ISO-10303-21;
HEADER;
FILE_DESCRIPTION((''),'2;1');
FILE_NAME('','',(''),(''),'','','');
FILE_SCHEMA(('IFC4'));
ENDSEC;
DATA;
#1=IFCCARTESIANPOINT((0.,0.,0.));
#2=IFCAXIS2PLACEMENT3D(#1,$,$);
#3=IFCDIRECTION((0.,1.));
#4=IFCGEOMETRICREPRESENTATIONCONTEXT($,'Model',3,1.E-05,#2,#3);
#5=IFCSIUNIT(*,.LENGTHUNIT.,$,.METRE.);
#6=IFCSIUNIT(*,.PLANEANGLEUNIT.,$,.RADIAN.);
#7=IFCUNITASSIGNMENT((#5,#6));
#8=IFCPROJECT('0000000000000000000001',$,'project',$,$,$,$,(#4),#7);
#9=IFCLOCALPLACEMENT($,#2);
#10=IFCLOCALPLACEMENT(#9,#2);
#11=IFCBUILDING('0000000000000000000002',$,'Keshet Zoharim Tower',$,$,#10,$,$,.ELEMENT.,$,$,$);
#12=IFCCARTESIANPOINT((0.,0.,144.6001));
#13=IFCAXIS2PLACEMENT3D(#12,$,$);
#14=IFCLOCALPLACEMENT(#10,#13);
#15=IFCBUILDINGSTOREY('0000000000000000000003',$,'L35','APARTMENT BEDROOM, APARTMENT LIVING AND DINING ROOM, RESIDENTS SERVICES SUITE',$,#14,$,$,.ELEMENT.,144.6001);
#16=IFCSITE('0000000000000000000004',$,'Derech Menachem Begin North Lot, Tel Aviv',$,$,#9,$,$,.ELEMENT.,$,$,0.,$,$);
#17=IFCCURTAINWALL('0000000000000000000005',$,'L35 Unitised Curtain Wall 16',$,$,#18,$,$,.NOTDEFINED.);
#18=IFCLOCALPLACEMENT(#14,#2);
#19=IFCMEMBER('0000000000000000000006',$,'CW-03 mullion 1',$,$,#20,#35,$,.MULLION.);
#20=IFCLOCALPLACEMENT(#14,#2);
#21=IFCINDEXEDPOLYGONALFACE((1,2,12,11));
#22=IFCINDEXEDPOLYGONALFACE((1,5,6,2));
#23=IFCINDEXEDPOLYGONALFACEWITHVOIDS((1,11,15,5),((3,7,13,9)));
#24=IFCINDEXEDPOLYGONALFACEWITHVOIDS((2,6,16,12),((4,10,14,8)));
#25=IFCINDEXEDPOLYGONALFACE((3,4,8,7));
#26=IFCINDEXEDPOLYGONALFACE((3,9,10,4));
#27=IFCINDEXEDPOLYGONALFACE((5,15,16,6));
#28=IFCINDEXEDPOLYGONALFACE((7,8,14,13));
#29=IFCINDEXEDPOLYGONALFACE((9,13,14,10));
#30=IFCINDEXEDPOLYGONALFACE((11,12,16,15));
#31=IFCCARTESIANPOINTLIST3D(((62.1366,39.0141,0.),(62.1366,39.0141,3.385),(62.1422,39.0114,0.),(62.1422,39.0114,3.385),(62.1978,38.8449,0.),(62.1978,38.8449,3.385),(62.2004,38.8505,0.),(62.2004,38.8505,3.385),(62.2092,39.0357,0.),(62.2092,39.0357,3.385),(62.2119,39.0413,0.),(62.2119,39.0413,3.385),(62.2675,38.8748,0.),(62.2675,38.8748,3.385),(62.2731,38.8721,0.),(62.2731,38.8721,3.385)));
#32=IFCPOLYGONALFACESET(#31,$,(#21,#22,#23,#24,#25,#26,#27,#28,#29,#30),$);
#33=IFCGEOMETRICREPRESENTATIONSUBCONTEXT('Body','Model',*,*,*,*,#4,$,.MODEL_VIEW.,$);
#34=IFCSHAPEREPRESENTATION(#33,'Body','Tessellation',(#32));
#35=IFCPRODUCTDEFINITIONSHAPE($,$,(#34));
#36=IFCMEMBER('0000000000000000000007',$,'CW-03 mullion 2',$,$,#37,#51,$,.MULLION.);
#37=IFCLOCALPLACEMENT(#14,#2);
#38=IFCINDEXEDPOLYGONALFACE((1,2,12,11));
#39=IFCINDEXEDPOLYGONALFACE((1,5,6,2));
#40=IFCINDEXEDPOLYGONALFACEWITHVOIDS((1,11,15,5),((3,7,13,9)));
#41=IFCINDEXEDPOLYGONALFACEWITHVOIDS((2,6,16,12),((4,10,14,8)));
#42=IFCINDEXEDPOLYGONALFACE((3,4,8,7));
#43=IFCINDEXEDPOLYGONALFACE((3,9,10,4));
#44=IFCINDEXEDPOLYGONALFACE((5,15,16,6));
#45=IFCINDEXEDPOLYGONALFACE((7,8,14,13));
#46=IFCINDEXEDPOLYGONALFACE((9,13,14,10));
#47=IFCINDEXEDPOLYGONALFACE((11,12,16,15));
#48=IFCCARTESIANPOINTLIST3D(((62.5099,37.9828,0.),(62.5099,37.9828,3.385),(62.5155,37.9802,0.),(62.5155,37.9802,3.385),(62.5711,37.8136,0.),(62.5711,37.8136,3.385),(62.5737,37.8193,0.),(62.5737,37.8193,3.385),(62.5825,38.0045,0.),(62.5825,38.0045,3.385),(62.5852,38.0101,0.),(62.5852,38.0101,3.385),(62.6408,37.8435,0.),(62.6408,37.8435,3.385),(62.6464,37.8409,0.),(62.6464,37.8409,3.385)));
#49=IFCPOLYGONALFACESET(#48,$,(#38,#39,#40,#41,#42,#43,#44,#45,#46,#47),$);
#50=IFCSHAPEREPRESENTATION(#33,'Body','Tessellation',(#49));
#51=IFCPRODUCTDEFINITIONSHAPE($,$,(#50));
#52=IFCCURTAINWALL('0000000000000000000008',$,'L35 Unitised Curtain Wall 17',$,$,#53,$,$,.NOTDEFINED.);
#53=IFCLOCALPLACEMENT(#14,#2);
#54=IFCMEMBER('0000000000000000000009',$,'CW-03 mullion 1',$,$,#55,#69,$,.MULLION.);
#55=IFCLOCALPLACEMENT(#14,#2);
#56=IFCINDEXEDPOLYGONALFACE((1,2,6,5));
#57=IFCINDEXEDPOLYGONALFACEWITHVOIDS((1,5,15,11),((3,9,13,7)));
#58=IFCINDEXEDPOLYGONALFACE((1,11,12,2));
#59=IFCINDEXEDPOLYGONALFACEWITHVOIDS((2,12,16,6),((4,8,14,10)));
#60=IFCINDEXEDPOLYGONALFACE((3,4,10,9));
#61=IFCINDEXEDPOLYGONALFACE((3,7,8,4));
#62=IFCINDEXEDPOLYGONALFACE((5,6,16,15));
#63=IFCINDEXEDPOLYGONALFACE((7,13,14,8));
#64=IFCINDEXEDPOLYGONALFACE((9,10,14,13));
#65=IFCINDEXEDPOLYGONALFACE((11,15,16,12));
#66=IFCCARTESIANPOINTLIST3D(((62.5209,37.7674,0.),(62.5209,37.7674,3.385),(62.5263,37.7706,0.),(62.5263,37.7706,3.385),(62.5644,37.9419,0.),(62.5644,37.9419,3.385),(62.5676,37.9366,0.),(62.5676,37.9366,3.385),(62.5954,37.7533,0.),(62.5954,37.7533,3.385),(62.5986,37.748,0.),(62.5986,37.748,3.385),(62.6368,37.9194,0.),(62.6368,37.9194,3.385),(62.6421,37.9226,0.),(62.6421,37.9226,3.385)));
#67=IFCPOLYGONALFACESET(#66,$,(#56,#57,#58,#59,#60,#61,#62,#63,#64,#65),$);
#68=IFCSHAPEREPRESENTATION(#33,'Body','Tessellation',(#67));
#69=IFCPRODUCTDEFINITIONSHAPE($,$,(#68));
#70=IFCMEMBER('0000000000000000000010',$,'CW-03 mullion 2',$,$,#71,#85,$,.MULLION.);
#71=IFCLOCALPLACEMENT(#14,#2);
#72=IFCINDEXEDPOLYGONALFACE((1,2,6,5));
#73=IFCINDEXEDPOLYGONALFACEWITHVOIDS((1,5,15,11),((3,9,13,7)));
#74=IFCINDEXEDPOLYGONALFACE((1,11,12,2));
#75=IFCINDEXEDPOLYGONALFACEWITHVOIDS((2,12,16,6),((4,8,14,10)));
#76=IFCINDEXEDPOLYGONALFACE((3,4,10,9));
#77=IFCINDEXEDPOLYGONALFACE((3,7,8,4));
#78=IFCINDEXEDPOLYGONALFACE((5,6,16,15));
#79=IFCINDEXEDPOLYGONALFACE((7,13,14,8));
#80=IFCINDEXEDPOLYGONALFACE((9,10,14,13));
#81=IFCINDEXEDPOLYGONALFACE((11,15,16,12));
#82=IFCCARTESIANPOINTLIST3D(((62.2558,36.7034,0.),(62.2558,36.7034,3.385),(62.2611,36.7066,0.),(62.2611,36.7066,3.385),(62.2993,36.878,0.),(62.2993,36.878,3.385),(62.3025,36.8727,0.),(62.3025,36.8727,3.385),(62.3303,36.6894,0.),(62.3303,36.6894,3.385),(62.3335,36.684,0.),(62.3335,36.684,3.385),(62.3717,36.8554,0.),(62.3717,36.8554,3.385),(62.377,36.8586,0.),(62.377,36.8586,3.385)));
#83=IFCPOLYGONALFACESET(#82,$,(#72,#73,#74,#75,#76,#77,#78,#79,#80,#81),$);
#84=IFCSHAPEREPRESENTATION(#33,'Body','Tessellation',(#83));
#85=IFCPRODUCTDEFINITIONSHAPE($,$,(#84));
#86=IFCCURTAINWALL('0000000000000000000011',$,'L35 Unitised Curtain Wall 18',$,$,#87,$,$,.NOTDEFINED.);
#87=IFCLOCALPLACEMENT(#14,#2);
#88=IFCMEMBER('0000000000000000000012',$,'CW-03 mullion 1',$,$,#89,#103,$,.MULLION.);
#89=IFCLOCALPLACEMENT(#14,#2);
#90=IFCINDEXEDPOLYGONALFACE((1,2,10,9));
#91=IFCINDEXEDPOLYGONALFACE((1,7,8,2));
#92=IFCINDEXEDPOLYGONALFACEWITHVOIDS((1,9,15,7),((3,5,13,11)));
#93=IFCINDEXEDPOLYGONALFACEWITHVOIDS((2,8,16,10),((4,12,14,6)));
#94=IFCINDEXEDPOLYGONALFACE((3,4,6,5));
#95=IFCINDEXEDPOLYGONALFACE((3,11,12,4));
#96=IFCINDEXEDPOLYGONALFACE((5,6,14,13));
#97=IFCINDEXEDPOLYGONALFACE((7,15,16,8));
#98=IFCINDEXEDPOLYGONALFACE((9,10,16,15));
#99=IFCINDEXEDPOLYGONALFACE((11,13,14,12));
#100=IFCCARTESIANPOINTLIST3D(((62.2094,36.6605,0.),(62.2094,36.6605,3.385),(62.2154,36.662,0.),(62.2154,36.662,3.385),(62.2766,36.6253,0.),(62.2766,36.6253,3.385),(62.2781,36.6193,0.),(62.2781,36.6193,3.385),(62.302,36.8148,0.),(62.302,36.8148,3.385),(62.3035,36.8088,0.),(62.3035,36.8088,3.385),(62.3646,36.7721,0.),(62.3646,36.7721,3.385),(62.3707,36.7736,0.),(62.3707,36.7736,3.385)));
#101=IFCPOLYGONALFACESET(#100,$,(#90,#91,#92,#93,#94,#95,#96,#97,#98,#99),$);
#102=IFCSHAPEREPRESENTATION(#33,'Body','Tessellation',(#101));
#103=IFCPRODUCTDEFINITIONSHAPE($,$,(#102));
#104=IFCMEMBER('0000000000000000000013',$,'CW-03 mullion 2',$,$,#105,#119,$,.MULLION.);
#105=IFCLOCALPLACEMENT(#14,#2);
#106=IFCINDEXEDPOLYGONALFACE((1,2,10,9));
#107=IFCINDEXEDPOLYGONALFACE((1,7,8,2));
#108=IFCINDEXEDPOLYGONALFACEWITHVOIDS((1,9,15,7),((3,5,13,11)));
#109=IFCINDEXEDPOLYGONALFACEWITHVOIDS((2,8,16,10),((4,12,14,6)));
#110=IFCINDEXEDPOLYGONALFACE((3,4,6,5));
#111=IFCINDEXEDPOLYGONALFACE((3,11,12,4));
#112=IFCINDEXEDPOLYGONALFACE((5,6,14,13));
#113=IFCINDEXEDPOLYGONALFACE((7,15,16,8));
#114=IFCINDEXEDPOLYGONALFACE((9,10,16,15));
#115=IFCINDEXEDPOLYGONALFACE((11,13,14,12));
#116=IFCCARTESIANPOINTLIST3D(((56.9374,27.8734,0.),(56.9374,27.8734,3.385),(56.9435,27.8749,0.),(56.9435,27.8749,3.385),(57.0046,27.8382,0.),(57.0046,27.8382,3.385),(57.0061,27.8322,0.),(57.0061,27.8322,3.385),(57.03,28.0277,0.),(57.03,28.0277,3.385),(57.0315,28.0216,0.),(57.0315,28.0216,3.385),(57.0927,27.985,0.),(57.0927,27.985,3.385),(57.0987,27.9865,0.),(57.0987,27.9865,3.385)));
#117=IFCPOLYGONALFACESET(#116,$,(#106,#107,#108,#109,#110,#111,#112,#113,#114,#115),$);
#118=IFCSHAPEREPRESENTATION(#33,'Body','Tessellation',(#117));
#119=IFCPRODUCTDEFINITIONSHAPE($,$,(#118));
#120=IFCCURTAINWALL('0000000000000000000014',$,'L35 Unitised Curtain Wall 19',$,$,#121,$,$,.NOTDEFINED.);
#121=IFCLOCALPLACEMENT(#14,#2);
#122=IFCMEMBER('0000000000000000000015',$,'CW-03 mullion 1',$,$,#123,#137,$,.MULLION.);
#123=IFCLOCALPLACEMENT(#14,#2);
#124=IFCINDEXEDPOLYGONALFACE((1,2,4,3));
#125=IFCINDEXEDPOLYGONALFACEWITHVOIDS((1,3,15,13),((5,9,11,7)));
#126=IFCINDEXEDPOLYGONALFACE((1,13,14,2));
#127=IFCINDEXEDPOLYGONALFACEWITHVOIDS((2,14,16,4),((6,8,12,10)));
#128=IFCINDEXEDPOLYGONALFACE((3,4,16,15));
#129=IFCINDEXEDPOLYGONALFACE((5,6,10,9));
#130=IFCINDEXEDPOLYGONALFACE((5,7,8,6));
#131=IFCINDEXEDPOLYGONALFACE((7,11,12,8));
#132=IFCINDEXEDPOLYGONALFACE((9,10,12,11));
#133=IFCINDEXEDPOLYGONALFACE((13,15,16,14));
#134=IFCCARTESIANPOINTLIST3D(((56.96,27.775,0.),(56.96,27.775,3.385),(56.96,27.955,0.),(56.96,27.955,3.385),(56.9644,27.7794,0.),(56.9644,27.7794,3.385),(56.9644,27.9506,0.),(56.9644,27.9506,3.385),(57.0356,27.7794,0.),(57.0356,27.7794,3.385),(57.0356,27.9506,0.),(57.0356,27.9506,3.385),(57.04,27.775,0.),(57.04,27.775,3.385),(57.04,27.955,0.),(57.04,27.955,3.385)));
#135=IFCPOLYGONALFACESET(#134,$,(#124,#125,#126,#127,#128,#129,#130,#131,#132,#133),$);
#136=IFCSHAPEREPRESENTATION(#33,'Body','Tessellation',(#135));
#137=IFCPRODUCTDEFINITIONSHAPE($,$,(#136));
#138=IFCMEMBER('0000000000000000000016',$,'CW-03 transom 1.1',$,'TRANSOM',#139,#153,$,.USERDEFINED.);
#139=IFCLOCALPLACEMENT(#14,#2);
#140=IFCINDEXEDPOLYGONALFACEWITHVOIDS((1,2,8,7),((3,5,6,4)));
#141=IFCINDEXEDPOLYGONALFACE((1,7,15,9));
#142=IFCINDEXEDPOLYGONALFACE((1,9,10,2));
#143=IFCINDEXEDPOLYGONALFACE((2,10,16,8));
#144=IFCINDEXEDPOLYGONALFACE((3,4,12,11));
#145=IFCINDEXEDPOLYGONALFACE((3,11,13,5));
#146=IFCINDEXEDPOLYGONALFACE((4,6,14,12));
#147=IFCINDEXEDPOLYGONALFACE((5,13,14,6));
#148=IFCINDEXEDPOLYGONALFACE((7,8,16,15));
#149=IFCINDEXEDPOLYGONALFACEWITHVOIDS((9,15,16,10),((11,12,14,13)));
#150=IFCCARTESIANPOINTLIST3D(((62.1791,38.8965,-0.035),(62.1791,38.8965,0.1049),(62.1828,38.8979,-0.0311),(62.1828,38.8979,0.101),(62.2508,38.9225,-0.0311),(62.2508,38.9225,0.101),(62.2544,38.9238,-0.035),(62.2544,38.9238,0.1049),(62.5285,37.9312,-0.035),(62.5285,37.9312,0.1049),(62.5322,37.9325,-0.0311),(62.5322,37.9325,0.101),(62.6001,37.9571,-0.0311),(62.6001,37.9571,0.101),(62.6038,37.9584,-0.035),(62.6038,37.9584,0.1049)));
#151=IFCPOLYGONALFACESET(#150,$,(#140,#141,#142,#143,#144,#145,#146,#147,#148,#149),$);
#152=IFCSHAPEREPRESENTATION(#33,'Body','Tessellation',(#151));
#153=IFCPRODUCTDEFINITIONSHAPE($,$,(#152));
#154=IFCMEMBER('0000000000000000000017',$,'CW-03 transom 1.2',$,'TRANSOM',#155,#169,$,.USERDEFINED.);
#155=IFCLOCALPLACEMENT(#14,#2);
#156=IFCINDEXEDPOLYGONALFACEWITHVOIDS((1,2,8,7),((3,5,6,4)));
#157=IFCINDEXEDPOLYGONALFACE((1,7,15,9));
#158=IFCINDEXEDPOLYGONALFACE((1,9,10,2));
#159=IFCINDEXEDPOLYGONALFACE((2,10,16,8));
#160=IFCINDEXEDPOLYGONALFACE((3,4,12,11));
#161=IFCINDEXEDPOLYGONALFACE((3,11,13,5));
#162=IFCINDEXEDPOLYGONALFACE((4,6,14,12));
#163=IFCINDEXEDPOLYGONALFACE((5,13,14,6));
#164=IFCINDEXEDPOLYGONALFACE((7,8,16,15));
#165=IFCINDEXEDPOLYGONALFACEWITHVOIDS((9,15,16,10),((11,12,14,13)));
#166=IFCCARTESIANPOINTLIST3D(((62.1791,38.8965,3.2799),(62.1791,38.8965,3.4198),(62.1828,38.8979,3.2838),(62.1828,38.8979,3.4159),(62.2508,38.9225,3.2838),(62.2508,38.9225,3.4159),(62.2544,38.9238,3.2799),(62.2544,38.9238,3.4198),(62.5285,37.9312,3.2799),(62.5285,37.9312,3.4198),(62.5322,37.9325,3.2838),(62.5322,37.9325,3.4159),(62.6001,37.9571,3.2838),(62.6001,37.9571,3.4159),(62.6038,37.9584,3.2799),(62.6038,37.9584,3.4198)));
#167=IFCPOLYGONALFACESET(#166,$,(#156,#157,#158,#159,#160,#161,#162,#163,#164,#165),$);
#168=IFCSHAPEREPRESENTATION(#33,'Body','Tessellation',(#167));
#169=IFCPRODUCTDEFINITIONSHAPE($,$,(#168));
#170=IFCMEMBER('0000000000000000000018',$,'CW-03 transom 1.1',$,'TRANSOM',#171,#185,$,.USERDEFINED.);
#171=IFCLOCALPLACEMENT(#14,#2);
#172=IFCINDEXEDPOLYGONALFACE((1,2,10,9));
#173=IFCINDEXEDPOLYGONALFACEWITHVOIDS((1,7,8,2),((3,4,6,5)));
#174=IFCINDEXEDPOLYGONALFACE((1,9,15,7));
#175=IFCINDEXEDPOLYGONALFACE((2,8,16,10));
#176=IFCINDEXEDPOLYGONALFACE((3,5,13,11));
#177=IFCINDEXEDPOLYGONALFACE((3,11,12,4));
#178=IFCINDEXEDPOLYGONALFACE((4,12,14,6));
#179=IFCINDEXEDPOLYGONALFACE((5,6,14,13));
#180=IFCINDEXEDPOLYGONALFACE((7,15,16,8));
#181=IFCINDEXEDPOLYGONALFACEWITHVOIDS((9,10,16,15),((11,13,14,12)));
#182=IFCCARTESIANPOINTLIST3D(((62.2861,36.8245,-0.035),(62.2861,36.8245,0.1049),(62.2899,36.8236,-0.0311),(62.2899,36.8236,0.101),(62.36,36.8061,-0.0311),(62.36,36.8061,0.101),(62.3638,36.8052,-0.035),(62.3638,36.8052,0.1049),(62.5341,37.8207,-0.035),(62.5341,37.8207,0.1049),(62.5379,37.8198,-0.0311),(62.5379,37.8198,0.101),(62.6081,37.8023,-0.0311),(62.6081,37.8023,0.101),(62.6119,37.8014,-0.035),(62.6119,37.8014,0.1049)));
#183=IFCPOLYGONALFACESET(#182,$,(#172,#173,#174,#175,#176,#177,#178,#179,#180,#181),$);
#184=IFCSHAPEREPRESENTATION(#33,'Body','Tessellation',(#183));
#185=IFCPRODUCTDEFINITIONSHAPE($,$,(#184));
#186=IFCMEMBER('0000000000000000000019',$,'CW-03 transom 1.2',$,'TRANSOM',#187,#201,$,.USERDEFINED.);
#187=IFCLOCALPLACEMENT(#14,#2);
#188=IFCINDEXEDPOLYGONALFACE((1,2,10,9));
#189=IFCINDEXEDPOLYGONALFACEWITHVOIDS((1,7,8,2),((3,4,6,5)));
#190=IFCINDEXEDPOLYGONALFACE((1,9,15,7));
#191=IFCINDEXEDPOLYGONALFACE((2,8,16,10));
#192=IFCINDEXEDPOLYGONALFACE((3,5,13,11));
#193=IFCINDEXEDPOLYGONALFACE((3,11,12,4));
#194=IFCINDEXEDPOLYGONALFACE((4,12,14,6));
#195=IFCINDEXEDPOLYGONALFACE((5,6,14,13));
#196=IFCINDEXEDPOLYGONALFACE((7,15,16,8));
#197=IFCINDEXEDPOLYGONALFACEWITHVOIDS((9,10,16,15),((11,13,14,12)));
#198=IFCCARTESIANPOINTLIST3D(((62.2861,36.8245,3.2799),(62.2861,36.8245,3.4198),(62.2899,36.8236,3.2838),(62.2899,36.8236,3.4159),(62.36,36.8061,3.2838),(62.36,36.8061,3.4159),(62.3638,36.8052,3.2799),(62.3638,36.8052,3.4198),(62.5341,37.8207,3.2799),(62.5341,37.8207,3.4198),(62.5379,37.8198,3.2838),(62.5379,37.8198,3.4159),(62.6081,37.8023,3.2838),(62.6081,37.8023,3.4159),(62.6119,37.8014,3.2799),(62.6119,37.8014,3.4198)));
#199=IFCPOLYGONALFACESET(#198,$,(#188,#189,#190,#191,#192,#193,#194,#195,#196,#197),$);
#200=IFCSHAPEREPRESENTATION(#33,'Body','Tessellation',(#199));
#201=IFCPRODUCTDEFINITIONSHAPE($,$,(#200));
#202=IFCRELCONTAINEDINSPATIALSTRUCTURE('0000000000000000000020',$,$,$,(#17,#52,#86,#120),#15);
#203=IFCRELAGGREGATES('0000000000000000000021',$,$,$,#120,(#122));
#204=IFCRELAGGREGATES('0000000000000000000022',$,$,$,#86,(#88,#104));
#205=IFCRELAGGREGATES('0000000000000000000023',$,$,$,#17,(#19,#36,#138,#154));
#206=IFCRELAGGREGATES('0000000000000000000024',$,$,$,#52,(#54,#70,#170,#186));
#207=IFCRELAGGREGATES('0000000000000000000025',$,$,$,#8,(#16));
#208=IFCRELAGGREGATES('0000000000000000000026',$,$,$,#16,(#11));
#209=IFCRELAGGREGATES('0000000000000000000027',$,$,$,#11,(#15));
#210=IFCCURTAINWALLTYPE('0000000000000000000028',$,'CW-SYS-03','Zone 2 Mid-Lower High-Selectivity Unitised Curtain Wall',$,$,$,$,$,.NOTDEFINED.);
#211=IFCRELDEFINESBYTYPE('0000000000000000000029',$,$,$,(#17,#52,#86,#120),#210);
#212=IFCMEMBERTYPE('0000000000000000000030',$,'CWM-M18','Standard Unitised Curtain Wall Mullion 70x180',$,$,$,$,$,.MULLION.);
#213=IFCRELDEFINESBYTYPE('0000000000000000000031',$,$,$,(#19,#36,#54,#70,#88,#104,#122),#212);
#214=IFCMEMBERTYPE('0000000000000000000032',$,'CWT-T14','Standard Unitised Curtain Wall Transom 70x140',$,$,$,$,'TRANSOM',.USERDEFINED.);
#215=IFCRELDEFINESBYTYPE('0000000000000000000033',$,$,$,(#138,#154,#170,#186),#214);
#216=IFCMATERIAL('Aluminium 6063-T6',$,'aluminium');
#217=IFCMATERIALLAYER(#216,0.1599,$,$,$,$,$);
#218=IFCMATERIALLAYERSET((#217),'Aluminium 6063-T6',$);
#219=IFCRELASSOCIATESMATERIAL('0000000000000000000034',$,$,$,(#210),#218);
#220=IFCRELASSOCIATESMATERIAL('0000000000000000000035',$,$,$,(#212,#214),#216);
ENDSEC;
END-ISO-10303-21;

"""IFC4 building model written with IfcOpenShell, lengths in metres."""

from ifc_helpers import new_model, si_unit, direction, frame, origin, origin_2d, place, context, subcontext, project, spatial, hollow_rectangle, extrude, material, layer, layer_set, material_profile, profile_set, type_object, element, aggregate, save


model = new_model("IFC4")

# Units and contexts
model_context = context("Model", 3, precision=1e-05, world=origin(), true_north=direction((0.0, 1.0)))
body_context = subcontext(model_context, "Body", "Model", "MODEL_VIEW")
ifc_project = project(units=[si_unit("LENGTHUNIT", "METRE"), si_unit("PLANEANGLEUNIT", "RADIAN")], contexts=[model_context])

# Site, building, storey
site_placement = place(None, origin())
site = spatial("IfcSite", under=ifc_project, at=site_placement, Name="Derech Menachem Begin North Lot, Tel Aviv", CompositionType="ELEMENT", RefElevation=0.0)
building_placement = place(site_placement, origin())
building = spatial("IfcBuilding", under=site, at=building_placement, Name="Keshet Zoharim Tower", CompositionType="ELEMENT")
storey_placement = place(building_placement, frame((0.0, 0.0, 144.6001)))
storey = spatial("IfcBuildingStorey", under=building, at=storey_placement, Name="L35", Description="APARTMENT BEDROOM, APARTMENT LIVING AND DINING ROOM, RESIDENTS SERVICES SUITE", CompositionType="ELEMENT", Elevation=144.6001)

# Shared definitions
ifc_material_1 = material(Name="Aluminium 6063-T6", Category="aluminium")
ifc_layer_1 = layer(ifc_material_1, 0.1599)
ifc_layer_set_1 = layer_set([ifc_layer_1], Name="Aluminium 6063-T6")
curtain_wall_type = type_object("IfcCurtainWallType", Name="CW-SYS-03", Description="Zone 2 Mid-Lower High-Selectivity Unitised Curtain Wall", PredefinedType="NOTDEFINED", material=ifc_layer_set_1)
ifc_material_profile_1 = material_profile(ifc_material_1, hollow_rectangle(XDim=0.0801, YDim=0.1799, WallThickness=0.0044, at=origin_2d()), Name="MUL-80x180")
ifc_profile_set_1 = profile_set([ifc_material_profile_1], Name="Aluminium 6063-T6")
member_type_1 = type_object("IfcMemberType", Name="CWM-M18", Description="Standard Unitised Curtain Wall Mullion 70x180", PredefinedType="MULLION", material=ifc_profile_set_1)

# Curtain walls, members
curtain_wall_1_placement = place(storey_placement, origin())
curtain_wall_1 = element("IfcCurtainWall", 1, at=curtain_wall_1_placement, inside=storey, type_object=curtain_wall_type, Name="L35 Unitised Curtain Wall 16", PredefinedType="NOTDEFINED")
member_1_placement = place(storey_placement, frame((62.2048, 38.9431, 0.0), z_axis=(0.0, 0.0, 1.0), x_axis=(0.940318, 0.340297, 0.0)))
member_1 = element("IfcMember", 2, at=member_1_placement, type_object=member_type_1, Name="CW-03 mullion 1", PredefinedType="MULLION", context=body_context, shape_type="SweptSolid", body=[
    extrude(hollow_rectangle(XDim=0.0801, YDim=0.1799, WallThickness=0.0044, at=origin_2d()), origin(), (0.0, 0.0, 1.0), 3.385),
])
member_2_placement = place(storey_placement, frame((62.5781, 37.9119, 0.0), z_axis=(0.0, 0.0, 1.0), x_axis=(0.940318, 0.340297, 0.0)))
member_2 = element("IfcMember", 3, at=member_2_placement, type_object=member_type_1, Name="CW-03 mullion 2", PredefinedType="MULLION", context=body_context, shape_type="SweptSolid", body=[
    extrude(hollow_rectangle(XDim=0.0801, YDim=0.1799, WallThickness=0.0044, at=origin_2d()), origin(), (0.0, 0.0, 1.0), 3.385),
])
curtain_wall_2_placement = place(storey_placement, origin())
curtain_wall_2 = element("IfcCurtainWall", 4, at=curtain_wall_2_placement, inside=storey, type_object=curtain_wall_type, Name="L35 Unitised Curtain Wall 17", PredefinedType="NOTDEFINED")
member_3_placement = place(storey_placement, frame((62.5815, 37.845, 0.0), z_axis=(0.0, 0.0, 1.0), x_axis=(0.970344, -0.241729, 0.0)))
member_3 = element("IfcMember", 5, at=member_3_placement, type_object=member_type_1, Name="CW-03 mullion 1", PredefinedType="MULLION", context=body_context, shape_type="SweptSolid", body=[
    extrude(hollow_rectangle(XDim=0.0801, YDim=0.1799, WallThickness=0.0044, at=origin_2d()), origin(), (0.0, 0.0, 1.0), 3.385),
])
member_4_placement = place(storey_placement, frame((62.3164, 36.781, 0.0), z_axis=(0.0, 0.0, 1.0), x_axis=(0.970344, -0.241729, 0.0)))
member_4 = element("IfcMember", 6, at=member_4_placement, type_object=member_type_1, Name="CW-03 mullion 2", PredefinedType="MULLION", context=body_context, shape_type="SweptSolid", body=[
    extrude(hollow_rectangle(XDim=0.0801, YDim=0.1799, WallThickness=0.0044, at=origin_2d()), origin(), (0.0, 0.0, 1.0), 3.385),
])
curtain_wall_3_placement = place(storey_placement, origin())
curtain_wall_3 = element("IfcCurtainWall", 7, at=curtain_wall_3_placement, inside=storey, type_object=curtain_wall_type, Name="L35 Unitised Curtain Wall 18", PredefinedType="NOTDEFINED")
member_5_placement = place(storey_placement, frame((62.29, 36.717, 0.0), z_axis=(0.0, 0.0, 1.0), x_axis=(0.857501, -0.514482, 0.0)))
member_5 = element("IfcMember", 8, at=member_5_placement, type_object=member_type_1, Name="CW-03 mullion 1", PredefinedType="MULLION", context=body_context, shape_type="SweptSolid", body=[
    extrude(hollow_rectangle(XDim=0.0801, YDim=0.1799, WallThickness=0.0044, at=origin_2d()), origin(), (0.0, 0.0, 1.0), 3.385),
])
member_6_placement = place(storey_placement, frame((57.0181, 27.9299, 0.0), z_axis=(0.0, 0.0, 1.0), x_axis=(0.857501, -0.514482, 0.0)))
member_6 = element("IfcMember", 9, at=member_6_placement, type_object=member_type_1, Name="CW-03 mullion 2", PredefinedType="MULLION", context=body_context, shape_type="SweptSolid", body=[
    extrude(hollow_rectangle(XDim=0.0801, YDim=0.1799, WallThickness=0.0044, at=origin_2d()), origin(), (0.0, 0.0, 1.0), 3.385),
])

# Curtain wall, member
curtain_wall_4_placement = place(storey_placement, origin())
curtain_wall_4 = element("IfcCurtainWall", 10, at=curtain_wall_4_placement, inside=storey, type_object=curtain_wall_type, Name="L35 Unitised Curtain Wall 19", PredefinedType="NOTDEFINED")
member_7_placement = place(storey_placement, frame((57.0, 27.865, 0.0), z_axis=(0.0, 0.0, 1.0), x_axis=(1.0, 0.0, 0.0)))
member_7 = element("IfcMember", 11, at=member_7_placement, type_object=member_type_1, Name="CW-03 mullion 1", PredefinedType="MULLION", context=body_context, shape_type="SweptSolid", body=[
    extrude(hollow_rectangle(XDim=0.0801, YDim=0.1799, WallThickness=0.0044, at=origin_2d()), origin(), (0.0, 0.0, 1.0), 3.385),
])

# Members
ifc_material_profile_2 = material_profile(ifc_material_1, hollow_rectangle(XDim=0.0801, YDim=0.1399, WallThickness=0.0039, at=origin_2d()), Name="TRN-80x140")
ifc_profile_set_2 = profile_set([ifc_material_profile_2], Name="Aluminium 6063-T6")
member_type_2 = type_object("IfcMemberType", Name="CWT-T14", Description="Standard Unitised Curtain Wall Transom 70x140", ElementType="TRANSOM", PredefinedType="USERDEFINED", material=ifc_profile_set_2)
member_8_placement = place(storey_placement, frame((62.2168, 38.9102, 0.0349), z_axis=(0.340311, -0.940313, 0.0), x_axis=(0.940313, 0.340311, 0.0)))
member_8 = element("IfcMember", 12, at=member_8_placement, type_object=member_type_2, Name="CW-03 transom 1.1", ObjectType="TRANSOM", PredefinedType="USERDEFINED", context=body_context, shape_type="SweptSolid", body=[
    extrude(hollow_rectangle(XDim=0.0801, YDim=0.1399, WallThickness=0.0039, at=origin_2d()), origin(), (0.0, 0.0, 1.0), 1.0266),
])
member_9_placement = place(storey_placement, frame((62.2168, 38.9102, 3.3499), z_axis=(0.340311, -0.940313, 0.0), x_axis=(0.940313, 0.340311, 0.0)))
member_9 = element("IfcMember", 13, at=member_9_placement, type_object=member_type_2, Name="CW-03 transom 1.2", ObjectType="TRANSOM", PredefinedType="USERDEFINED", context=body_context, shape_type="SweptSolid", body=[
    extrude(hollow_rectangle(XDim=0.0801, YDim=0.1399, WallThickness=0.0039, at=origin_2d()), origin(), (0.0, 0.0, 1.0), 1.0266),
])
member_10_placement = place(storey_placement, frame((62.573, 37.811, 0.0349), z_axis=(-0.24164, -0.970366, 0.0), x_axis=(0.970366, -0.24164, 0.0)))
member_10 = element("IfcMember", 14, at=member_10_placement, type_object=member_type_2, Name="CW-03 transom 1.1", ObjectType="TRANSOM", PredefinedType="USERDEFINED", context=body_context, shape_type="SweptSolid", body=[
    extrude(hollow_rectangle(XDim=0.0801, YDim=0.1399, WallThickness=0.0039, at=origin_2d()), origin(), (0.0, 0.0, 1.0), 1.0266),
])
member_11_placement = place(storey_placement, frame((62.573, 37.811, 3.3499), z_axis=(-0.24164, -0.970366, 0.0), x_axis=(0.970366, -0.24164, 0.0)))
member_11 = element("IfcMember", 15, at=member_11_placement, type_object=member_type_2, Name="CW-03 transom 1.2", ObjectType="TRANSOM", PredefinedType="USERDEFINED", context=body_context, shape_type="SweptSolid", body=[
    extrude(hollow_rectangle(XDim=0.0801, YDim=0.1399, WallThickness=0.0039, at=origin_2d()), origin(), (0.0, 0.0, 1.0), 1.0266),
])
aggregate(curtain_wall_4, [member_7])

aggregate(curtain_wall_3, [member_5, member_6])
aggregate(curtain_wall_1, [member_1, member_2, member_8, member_9])
aggregate(curtain_wall_2, [member_3, member_4, member_10, member_11])

save(model, "model.ifc")
